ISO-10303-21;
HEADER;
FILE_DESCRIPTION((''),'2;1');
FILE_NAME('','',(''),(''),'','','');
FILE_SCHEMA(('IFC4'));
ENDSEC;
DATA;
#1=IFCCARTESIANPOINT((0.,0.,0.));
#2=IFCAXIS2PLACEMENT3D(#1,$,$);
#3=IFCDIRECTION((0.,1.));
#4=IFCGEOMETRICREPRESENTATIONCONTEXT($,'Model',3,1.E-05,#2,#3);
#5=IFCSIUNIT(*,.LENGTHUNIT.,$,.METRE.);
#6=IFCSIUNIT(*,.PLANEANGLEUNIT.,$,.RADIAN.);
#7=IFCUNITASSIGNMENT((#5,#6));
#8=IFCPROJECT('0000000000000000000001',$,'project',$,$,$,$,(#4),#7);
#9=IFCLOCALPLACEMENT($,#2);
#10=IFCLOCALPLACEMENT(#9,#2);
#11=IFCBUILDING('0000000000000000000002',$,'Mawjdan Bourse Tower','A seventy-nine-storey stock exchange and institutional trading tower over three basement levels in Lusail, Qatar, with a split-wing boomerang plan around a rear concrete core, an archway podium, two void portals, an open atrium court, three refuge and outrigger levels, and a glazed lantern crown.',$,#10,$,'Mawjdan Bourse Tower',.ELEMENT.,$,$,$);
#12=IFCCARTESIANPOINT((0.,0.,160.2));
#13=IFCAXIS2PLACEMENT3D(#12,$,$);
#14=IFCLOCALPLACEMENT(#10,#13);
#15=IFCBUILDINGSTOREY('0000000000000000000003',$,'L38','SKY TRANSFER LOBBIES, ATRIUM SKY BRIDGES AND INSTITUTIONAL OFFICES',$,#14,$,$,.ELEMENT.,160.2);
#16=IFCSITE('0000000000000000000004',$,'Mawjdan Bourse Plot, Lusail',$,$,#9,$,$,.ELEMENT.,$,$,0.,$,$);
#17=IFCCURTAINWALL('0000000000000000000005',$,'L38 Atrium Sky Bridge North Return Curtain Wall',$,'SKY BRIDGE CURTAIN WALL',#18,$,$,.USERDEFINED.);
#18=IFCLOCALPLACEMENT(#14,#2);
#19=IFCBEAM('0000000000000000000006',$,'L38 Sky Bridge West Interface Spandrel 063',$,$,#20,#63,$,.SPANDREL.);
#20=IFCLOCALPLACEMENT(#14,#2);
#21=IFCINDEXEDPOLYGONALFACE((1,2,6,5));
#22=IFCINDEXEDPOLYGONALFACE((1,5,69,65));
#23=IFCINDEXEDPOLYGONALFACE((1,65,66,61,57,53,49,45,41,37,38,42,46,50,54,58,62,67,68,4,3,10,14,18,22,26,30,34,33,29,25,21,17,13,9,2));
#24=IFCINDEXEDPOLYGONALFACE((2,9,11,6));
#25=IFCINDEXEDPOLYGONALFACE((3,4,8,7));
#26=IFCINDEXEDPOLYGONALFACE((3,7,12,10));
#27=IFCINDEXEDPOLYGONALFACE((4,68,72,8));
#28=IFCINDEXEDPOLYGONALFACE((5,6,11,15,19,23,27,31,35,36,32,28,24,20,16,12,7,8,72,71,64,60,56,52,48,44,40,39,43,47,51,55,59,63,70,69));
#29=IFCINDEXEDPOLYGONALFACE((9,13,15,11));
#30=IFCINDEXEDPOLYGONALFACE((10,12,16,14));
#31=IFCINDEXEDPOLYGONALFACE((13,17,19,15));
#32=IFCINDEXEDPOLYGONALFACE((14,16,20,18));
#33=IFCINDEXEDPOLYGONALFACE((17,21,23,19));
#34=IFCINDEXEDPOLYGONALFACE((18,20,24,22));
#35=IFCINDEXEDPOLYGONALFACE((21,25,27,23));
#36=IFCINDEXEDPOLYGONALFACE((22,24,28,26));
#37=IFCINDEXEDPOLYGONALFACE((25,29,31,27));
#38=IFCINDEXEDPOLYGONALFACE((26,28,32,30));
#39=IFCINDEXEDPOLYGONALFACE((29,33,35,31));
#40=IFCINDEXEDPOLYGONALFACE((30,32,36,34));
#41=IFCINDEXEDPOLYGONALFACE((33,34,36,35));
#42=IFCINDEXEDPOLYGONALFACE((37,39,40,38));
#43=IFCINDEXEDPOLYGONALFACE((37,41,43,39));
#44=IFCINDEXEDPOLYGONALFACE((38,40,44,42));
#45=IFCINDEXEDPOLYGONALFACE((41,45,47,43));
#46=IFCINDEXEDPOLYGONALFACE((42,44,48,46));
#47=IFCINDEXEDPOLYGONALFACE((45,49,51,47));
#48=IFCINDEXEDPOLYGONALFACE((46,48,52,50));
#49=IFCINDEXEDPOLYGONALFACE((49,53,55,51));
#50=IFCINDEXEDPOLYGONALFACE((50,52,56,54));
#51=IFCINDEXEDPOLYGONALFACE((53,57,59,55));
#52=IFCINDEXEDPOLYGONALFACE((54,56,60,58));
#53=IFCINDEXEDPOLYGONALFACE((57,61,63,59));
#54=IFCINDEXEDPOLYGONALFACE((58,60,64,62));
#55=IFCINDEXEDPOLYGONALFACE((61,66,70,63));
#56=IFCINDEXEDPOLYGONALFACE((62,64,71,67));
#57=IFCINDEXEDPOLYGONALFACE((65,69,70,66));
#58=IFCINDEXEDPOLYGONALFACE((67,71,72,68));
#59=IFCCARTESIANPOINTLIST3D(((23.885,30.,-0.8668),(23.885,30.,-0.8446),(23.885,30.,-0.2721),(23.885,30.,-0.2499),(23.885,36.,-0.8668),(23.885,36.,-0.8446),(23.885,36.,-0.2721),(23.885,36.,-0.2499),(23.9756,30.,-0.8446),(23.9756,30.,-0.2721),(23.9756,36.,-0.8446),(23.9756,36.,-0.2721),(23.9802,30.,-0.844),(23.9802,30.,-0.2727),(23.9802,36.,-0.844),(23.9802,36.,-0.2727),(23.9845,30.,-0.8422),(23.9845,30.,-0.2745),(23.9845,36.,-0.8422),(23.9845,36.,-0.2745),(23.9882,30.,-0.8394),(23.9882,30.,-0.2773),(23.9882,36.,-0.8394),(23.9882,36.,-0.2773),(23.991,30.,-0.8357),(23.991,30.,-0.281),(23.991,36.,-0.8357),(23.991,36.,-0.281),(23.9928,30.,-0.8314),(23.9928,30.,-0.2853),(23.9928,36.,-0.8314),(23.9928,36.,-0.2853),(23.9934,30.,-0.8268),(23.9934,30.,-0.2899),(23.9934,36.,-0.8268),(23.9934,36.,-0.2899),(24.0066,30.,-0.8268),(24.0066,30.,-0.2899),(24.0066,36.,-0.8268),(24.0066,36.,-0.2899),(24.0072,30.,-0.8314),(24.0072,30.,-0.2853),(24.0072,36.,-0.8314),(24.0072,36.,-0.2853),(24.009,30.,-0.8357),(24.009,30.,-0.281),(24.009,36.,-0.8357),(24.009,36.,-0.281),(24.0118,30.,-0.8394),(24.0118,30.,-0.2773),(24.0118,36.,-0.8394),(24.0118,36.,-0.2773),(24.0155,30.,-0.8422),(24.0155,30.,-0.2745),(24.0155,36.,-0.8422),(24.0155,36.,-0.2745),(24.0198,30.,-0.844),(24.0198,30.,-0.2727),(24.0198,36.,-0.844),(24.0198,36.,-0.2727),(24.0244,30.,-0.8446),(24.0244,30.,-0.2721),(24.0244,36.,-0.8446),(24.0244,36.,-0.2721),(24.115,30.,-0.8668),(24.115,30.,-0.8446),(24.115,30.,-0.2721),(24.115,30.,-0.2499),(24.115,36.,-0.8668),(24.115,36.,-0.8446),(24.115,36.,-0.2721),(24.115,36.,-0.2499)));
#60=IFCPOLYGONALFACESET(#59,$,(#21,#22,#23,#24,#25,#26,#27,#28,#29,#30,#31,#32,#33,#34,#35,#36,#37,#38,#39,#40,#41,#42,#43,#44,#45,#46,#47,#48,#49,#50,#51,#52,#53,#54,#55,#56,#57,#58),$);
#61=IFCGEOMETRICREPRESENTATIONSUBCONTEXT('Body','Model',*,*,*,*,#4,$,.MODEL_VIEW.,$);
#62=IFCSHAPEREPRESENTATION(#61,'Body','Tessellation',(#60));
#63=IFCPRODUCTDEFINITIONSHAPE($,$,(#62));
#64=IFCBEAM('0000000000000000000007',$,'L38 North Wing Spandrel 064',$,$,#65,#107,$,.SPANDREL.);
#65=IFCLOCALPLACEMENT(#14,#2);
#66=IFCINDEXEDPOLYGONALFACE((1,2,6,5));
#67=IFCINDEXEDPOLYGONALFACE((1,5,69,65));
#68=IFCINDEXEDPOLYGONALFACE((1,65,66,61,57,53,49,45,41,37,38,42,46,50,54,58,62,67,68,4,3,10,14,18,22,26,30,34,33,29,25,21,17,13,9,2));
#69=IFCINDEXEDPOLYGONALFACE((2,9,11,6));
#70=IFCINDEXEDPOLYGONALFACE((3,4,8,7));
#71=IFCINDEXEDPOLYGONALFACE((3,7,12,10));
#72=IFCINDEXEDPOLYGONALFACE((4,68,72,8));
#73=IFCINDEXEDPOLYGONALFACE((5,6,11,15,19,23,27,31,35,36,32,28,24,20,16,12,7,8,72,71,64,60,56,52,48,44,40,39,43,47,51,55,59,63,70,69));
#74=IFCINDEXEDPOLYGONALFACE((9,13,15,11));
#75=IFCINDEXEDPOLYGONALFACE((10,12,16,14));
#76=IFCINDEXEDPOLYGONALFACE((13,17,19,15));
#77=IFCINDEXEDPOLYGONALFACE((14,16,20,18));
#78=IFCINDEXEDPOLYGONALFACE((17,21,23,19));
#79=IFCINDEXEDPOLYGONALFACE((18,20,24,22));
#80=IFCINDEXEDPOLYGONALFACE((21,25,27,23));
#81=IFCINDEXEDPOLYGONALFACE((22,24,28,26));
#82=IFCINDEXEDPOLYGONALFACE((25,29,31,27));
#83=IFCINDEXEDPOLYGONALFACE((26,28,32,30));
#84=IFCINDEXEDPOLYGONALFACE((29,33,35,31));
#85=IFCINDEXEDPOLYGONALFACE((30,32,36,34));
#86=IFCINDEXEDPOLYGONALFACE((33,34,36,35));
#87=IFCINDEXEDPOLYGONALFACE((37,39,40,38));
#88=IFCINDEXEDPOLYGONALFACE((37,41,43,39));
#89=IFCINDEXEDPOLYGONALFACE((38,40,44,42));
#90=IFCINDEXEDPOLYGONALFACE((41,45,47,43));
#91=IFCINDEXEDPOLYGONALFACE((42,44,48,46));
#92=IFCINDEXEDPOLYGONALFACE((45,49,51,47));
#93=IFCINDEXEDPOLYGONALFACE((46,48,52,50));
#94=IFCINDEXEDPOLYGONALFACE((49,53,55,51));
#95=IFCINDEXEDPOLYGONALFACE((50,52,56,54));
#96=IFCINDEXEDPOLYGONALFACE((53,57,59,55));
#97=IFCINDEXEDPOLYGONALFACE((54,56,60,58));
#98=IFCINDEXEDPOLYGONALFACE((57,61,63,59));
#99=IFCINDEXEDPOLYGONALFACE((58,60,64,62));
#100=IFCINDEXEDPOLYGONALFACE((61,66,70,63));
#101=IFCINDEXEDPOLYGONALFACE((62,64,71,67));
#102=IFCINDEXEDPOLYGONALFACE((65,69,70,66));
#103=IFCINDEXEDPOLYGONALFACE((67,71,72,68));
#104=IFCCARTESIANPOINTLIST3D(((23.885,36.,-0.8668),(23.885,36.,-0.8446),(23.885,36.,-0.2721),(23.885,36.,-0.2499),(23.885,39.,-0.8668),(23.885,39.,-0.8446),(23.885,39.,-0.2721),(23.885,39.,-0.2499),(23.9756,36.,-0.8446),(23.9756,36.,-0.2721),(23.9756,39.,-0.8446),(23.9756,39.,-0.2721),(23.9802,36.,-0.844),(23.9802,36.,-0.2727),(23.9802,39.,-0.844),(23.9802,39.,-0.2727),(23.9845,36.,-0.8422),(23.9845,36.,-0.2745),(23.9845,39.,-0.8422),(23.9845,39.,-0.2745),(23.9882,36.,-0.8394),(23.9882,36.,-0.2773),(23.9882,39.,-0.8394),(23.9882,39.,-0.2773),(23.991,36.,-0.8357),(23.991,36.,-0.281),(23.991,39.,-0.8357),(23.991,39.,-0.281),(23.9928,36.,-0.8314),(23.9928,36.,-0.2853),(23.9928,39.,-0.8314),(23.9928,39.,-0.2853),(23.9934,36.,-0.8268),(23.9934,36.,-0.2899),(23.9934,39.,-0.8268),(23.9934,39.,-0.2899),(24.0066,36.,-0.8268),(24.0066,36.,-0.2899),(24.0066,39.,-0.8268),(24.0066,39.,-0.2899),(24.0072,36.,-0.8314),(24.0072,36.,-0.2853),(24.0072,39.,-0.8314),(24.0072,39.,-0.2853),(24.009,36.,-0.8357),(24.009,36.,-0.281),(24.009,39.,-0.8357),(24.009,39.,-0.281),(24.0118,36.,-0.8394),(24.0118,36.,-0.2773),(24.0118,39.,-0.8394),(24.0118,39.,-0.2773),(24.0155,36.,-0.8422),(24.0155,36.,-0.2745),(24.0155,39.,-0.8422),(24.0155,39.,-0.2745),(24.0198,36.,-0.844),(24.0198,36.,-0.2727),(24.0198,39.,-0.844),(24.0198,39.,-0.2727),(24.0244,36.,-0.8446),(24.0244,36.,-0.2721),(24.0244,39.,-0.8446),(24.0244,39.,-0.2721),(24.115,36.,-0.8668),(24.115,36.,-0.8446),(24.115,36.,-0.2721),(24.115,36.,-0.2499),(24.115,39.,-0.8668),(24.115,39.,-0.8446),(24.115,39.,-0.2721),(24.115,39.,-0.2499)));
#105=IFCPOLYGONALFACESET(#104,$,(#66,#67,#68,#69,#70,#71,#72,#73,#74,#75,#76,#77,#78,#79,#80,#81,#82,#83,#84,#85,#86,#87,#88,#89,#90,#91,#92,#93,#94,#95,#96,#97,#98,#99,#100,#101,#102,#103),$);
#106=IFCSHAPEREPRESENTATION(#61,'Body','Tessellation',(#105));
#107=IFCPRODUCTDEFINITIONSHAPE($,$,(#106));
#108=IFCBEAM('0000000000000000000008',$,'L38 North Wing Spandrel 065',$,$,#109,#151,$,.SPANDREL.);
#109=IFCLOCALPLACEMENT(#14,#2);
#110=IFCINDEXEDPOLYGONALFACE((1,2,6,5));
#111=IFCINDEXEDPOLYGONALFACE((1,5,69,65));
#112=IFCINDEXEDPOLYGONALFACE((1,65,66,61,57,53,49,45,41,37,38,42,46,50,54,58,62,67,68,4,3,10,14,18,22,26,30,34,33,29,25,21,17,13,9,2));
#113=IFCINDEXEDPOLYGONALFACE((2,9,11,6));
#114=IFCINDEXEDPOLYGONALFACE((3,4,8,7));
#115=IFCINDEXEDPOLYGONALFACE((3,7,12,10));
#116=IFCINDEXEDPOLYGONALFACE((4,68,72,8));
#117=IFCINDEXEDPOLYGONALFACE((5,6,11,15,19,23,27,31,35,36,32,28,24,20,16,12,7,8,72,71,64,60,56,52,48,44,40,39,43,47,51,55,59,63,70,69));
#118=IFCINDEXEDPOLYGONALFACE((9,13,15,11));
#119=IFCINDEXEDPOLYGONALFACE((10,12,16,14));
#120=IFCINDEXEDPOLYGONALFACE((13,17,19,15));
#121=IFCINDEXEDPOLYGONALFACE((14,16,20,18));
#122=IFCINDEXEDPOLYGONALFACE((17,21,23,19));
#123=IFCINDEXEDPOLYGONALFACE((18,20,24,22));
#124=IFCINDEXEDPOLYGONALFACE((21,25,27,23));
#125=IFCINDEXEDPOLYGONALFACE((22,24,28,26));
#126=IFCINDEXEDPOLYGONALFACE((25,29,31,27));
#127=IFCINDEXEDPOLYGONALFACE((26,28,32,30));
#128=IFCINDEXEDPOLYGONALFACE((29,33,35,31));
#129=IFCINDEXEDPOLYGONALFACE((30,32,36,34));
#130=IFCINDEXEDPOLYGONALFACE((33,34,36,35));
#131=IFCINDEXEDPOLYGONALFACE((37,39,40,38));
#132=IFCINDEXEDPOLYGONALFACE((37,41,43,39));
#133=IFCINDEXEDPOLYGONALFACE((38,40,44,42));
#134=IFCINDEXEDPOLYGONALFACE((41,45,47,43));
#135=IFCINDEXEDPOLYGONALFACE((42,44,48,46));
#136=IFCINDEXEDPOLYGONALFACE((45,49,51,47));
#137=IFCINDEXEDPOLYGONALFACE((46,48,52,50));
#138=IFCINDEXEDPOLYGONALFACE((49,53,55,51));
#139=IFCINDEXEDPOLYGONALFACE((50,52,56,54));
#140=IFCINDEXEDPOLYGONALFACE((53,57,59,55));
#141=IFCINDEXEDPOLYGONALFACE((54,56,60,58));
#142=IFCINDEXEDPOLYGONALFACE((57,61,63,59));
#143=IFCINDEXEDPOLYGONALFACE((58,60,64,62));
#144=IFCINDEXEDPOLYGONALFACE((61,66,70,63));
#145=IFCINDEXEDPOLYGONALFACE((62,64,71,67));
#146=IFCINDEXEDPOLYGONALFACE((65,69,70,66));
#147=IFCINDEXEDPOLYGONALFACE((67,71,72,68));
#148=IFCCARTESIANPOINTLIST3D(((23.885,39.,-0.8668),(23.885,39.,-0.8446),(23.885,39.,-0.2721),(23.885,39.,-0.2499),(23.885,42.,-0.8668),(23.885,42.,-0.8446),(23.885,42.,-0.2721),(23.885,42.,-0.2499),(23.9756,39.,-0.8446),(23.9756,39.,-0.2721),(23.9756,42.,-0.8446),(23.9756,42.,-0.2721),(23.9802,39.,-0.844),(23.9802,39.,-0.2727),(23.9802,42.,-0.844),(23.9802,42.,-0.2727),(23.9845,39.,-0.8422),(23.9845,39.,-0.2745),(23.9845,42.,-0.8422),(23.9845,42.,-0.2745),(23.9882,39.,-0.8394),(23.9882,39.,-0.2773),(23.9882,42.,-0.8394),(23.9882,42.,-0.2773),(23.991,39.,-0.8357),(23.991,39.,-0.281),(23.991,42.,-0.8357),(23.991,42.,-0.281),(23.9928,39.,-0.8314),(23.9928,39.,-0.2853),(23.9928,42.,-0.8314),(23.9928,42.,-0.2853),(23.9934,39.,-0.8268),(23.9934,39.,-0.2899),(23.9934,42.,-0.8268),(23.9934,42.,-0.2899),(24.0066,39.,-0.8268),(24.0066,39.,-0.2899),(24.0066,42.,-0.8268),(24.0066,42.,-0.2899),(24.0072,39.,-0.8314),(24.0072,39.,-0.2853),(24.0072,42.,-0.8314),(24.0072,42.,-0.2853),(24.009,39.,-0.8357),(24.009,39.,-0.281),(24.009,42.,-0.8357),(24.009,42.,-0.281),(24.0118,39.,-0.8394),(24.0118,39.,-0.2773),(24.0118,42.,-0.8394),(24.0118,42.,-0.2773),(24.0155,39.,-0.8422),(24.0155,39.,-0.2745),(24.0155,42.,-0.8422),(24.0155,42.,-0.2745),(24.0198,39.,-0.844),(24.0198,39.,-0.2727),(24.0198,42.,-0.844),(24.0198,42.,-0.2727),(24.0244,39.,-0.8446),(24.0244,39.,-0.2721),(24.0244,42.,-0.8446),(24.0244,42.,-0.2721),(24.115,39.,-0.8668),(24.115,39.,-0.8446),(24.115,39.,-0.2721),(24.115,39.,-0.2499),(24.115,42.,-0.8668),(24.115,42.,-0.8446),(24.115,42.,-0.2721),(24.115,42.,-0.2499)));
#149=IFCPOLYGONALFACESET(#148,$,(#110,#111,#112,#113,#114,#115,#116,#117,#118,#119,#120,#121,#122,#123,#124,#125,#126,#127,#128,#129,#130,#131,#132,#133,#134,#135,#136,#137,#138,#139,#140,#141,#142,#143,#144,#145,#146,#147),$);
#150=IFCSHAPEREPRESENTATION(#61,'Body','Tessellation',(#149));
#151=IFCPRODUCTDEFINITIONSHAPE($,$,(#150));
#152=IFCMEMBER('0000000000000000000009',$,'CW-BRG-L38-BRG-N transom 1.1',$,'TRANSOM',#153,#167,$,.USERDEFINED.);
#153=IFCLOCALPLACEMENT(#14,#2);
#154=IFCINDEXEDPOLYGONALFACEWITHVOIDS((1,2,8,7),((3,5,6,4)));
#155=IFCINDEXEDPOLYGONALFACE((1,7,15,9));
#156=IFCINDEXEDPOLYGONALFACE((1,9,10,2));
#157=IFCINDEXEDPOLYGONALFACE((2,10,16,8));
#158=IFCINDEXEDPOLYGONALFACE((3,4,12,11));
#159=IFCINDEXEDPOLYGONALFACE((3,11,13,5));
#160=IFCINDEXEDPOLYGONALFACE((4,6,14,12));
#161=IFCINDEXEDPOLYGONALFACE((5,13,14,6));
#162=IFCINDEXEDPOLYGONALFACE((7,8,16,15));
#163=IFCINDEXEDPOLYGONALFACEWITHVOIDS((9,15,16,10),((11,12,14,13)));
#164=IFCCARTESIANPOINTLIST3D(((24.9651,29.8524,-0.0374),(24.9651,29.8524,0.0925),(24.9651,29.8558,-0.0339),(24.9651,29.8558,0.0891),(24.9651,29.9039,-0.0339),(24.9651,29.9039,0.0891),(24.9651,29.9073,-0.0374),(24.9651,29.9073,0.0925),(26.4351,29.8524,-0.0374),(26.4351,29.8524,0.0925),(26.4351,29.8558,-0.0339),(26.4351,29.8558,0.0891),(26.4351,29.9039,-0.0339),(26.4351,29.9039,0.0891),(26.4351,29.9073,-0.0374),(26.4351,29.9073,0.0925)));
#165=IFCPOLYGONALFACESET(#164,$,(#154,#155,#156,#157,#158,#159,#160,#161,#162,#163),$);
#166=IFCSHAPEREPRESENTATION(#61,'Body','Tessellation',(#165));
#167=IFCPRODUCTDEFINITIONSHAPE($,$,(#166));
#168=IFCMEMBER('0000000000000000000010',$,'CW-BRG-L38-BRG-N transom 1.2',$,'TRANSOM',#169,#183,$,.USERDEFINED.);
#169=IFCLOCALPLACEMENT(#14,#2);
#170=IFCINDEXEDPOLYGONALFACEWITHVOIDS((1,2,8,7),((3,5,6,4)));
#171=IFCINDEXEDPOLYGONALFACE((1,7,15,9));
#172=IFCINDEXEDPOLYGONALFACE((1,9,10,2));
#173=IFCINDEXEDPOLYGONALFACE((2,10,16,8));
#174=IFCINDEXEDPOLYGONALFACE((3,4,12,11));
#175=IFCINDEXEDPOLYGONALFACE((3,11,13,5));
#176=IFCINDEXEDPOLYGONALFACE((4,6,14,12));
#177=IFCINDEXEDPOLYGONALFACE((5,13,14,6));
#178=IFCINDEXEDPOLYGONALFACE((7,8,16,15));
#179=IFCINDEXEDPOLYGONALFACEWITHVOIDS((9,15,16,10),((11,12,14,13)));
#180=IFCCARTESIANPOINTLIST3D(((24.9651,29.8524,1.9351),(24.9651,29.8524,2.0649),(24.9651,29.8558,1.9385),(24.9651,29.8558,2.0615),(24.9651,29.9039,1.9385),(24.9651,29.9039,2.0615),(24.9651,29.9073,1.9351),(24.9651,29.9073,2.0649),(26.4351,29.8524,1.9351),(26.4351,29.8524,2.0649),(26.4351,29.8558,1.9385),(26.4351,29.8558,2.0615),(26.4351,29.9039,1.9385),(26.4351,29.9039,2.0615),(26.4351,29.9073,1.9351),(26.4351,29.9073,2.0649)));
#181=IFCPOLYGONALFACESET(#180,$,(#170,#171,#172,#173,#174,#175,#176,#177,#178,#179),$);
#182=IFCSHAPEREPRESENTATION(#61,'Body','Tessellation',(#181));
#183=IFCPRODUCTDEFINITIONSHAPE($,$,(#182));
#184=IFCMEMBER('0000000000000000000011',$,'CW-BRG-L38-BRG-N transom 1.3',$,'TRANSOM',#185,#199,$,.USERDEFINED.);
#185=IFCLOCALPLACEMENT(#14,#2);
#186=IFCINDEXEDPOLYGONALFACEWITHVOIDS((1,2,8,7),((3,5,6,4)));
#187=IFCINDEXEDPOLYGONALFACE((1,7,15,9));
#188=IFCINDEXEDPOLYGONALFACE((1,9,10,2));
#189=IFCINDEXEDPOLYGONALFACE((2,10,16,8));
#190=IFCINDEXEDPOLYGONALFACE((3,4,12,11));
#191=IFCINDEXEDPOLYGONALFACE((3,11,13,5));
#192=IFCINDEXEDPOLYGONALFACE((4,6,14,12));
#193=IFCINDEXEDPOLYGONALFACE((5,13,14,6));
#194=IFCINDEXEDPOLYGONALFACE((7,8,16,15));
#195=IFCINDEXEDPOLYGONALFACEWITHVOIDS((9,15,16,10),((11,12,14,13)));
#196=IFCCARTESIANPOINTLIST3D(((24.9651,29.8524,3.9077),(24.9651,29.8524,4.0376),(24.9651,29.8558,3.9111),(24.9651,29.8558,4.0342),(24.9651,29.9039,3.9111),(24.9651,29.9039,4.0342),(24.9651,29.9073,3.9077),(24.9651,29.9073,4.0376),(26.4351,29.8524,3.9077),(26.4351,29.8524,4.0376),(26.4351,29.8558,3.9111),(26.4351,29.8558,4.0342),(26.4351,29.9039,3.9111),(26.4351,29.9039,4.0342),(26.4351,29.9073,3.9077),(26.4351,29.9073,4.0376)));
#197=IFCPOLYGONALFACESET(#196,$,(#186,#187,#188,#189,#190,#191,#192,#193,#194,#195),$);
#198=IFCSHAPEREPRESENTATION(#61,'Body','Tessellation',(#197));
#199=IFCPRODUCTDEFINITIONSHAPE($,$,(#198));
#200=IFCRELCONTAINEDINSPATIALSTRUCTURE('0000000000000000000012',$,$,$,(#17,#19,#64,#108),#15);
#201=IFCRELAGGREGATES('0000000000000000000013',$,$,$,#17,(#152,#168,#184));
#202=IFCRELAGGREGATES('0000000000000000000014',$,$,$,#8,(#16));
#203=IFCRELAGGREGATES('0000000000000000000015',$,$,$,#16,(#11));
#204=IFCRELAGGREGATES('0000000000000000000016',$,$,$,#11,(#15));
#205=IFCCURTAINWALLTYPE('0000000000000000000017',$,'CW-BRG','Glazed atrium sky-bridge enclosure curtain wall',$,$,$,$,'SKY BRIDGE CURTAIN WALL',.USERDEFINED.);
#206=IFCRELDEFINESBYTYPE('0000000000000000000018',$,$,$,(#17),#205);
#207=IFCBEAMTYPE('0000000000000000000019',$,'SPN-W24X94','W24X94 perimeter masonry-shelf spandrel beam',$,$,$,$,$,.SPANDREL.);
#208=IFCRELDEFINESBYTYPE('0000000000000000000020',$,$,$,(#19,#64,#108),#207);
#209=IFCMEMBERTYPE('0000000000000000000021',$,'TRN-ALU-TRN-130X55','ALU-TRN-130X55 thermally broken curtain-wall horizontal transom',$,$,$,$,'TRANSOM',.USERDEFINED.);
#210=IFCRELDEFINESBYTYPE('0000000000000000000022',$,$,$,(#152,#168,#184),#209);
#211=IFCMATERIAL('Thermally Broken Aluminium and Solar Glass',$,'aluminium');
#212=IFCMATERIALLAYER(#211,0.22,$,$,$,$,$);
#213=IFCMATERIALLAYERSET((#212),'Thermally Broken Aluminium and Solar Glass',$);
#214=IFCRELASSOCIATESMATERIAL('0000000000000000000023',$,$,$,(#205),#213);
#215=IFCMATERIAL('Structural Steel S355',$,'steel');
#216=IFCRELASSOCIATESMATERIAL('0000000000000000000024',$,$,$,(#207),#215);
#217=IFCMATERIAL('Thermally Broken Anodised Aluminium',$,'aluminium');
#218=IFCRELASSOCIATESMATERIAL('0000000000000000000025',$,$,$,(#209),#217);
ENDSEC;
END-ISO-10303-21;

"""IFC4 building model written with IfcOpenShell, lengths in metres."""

from ifc_helpers import new_model, si_unit, direction, frame, origin, origin_2d, place, context, subcontext, project, spatial, hollow_rectangle, i_section, extrude, material, layer, layer_set, material_profile, profile_set, type_object, element, aggregate, save


model = new_model("IFC4")

# Units and contexts
model_context = context("Model", 3, precision=1e-05, world=origin(), true_north=direction((0.0, 1.0)))
body_context = subcontext(model_context, "Body", "Model", "MODEL_VIEW")
ifc_project = project(units=[si_unit("LENGTHUNIT", "METRE"), si_unit("PLANEANGLEUNIT", "RADIAN")], contexts=[model_context])

# Site, building, storey
site_placement = place(None, origin())
site = spatial("IfcSite", under=ifc_project, at=site_placement, Name="Mawjdan Bourse Plot, Lusail", CompositionType="ELEMENT", RefElevation=0.0)
building_placement = place(site_placement, origin())
building = spatial("IfcBuilding", under=site, at=building_placement, Name="Mawjdan Bourse Tower", Description="A seventy-nine-storey stock exchange and institutional trading tower over three basement levels in Lusail, Qatar, with a split-wing boomerang plan around a rear concrete core, an archway podium, two void portals, an open atrium court, three refuge and outrigger levels, and a glazed lantern crown.", LongName="Mawjdan Bourse Tower", CompositionType="ELEMENT")
storey_placement = place(building_placement, frame((0.0, 0.0, 160.2)))
storey = spatial("IfcBuildingStorey", under=building, at=storey_placement, Name="L38", Description="SKY TRANSFER LOBBIES, ATRIUM SKY BRIDGES AND INSTITUTIONAL OFFICES", CompositionType="ELEMENT", Elevation=160.2)

# Shared definitions
ifc_material_1 = material(Name="Structural Steel S355", Category="steel")

# Curtain wall
ifc_material_2 = material(Name="Thermally Broken Aluminium and Solar Glass", Category="aluminium")
ifc_layer_1 = layer(ifc_material_2, 0.22)
ifc_layer_set_1 = layer_set([ifc_layer_1], Name="Thermally Broken Aluminium and Solar Glass")
curtain_wall_type = type_object("IfcCurtainWallType", Name="CW-BRG", Description="Glazed atrium sky-bridge enclosure curtain wall", ElementType="SKY BRIDGE CURTAIN WALL", PredefinedType="USERDEFINED", material=ifc_layer_set_1)
curtain_wall_placement = place(storey_placement, origin())
curtain_wall = element("IfcCurtainWall", 1, at=curtain_wall_placement, inside=storey, type_object=curtain_wall_type, Name="L38 Atrium Sky Bridge North Return Curtain Wall", ObjectType="SKY BRIDGE CURTAIN WALL", PredefinedType="USERDEFINED")
ifc_material_3 = material(Name="Thermally Broken Anodised Aluminium", Category="aluminium")

# Beams
ifc_material_profile_1 = material_profile(ifc_material_1, i_section(OverallWidth=0.23, OverallDepth=0.6169, WebThickness=0.0132, FlangeThickness=0.0222, FilletRadius=0.0178, at=origin_2d()), Name="W24X94")
ifc_profile_set_1 = profile_set([ifc_material_profile_1], Name="Structural Steel S355")
beam_type_1 = type_object("IfcBeamType", Name="SPN-W24X94", Description="W24X94 perimeter masonry-shelf spandrel beam", PredefinedType="SPANDREL", material=ifc_profile_set_1)
beam_1_placement = place(storey_placement, frame((24.0, 30.0, -0.5583), z_axis=(0.0, 1.0, 0.0), x_axis=(-1.0, 0.0, 0.0)))
element("IfcBeam", 2, at=beam_1_placement, inside=storey, type_object=beam_type_1, Name="L38 Sky Bridge West Interface Spandrel 063", PredefinedType="SPANDREL", context=body_context, shape_type="SweptSolid", body=[
    extrude(i_section(OverallWidth=0.23, OverallDepth=0.6169, WebThickness=0.0132, FlangeThickness=0.0222, FilletRadius=0.0178, at=origin_2d()), origin(), (0.0, 0.0, 1.0), 6.0),
])
for number, where, z_axis, x_axis, name in (
    (3, (24.0, 36.0, -0.5583), (0.0, 1.0, 0.0), (-1.0, 0.0, 0.0), "L38 North Wing Spandrel 064"),
    (4, (24.0, 39.0, -0.5583), (0.0, 1.0, 0.0), (-1.0, 0.0, 0.0), "L38 North Wing Spandrel 065"),
):
    element("IfcBeam", number, at=place(storey_placement, frame(where, z_axis=z_axis, x_axis=x_axis)), inside=storey, type_object=beam_type_1, Name=name, PredefinedType="SPANDREL", context=body_context, shape_type="SweptSolid", body=[
        extrude(i_section(OverallWidth=0.23, OverallDepth=0.6169, WebThickness=0.0132, FlangeThickness=0.0222, FilletRadius=0.0178, at=origin_2d()), origin(), (0.0, 0.0, 1.0), 3.0),
    ])

# Members
ifc_material_profile_2 = material_profile(ifc_material_3, hollow_rectangle(XDim=0.0549, YDim=0.1299, WallThickness=0.0034, at=origin_2d()), Name="ALU-TRN-130X55")
ifc_profile_set_2 = profile_set([ifc_material_profile_2], Name="Thermally Broken Anodised Aluminium")
member_type_1 = type_object("IfcMemberType", Name="TRN-ALU-TRN-130X55", Description="ALU-TRN-130X55 thermally broken curtain-wall horizontal transom", ElementType="TRANSOM", PredefinedType="USERDEFINED", material=ifc_profile_set_2)
member_1_placement = place(storey_placement, frame((26.4351, 29.8799, 0.0276), z_axis=(-1.0, 0.0, 0.0), x_axis=(0.0, -1.0, 0.0)))
member_1 = element("IfcMember", 5, at=member_1_placement, type_object=member_type_1, Name="CW-BRG-L38-BRG-N transom 1.1", ObjectType="TRANSOM", PredefinedType="USERDEFINED", context=body_context, shape_type="SweptSolid", body=[
    extrude(hollow_rectangle(XDim=0.0549, YDim=0.1299, WallThickness=0.0034, at=origin_2d()), origin(), (0.0, 0.0, 1.0), 1.47),
])
member_2_placement = place(storey_placement, frame((26.4351, 29.8799, 2.0), z_axis=(-1.0, 0.0, 0.0), x_axis=(0.0, -1.0, 0.0)))
member_2 = element("IfcMember", 6, at=member_2_placement, type_object=member_type_1, Name="CW-BRG-L38-BRG-N transom 1.2", ObjectType="TRANSOM", PredefinedType="USERDEFINED", context=body_context, shape_type="SweptSolid", body=[
    extrude(hollow_rectangle(XDim=0.0549, YDim=0.1299, WallThickness=0.0034, at=origin_2d()), origin(), (0.0, 0.0, 1.0), 1.47),
])
member_3_placement = place(storey_placement, frame((26.4351, 29.8799, 3.9727), z_axis=(-1.0, 0.0, 0.0), x_axis=(0.0, -1.0, 0.0)))
member_3 = element("IfcMember", 7, at=member_3_placement, type_object=member_type_1, Name="CW-BRG-L38-BRG-N transom 1.3", ObjectType="TRANSOM", PredefinedType="USERDEFINED", context=body_context, shape_type="SweptSolid", body=[
    extrude(hollow_rectangle(XDim=0.0549, YDim=0.1299, WallThickness=0.0034, at=origin_2d()), origin(), (0.0, 0.0, 1.0), 1.47),
])

aggregate(curtain_wall, [member_1, member_2, member_3])

save(model, "model.ifc")
